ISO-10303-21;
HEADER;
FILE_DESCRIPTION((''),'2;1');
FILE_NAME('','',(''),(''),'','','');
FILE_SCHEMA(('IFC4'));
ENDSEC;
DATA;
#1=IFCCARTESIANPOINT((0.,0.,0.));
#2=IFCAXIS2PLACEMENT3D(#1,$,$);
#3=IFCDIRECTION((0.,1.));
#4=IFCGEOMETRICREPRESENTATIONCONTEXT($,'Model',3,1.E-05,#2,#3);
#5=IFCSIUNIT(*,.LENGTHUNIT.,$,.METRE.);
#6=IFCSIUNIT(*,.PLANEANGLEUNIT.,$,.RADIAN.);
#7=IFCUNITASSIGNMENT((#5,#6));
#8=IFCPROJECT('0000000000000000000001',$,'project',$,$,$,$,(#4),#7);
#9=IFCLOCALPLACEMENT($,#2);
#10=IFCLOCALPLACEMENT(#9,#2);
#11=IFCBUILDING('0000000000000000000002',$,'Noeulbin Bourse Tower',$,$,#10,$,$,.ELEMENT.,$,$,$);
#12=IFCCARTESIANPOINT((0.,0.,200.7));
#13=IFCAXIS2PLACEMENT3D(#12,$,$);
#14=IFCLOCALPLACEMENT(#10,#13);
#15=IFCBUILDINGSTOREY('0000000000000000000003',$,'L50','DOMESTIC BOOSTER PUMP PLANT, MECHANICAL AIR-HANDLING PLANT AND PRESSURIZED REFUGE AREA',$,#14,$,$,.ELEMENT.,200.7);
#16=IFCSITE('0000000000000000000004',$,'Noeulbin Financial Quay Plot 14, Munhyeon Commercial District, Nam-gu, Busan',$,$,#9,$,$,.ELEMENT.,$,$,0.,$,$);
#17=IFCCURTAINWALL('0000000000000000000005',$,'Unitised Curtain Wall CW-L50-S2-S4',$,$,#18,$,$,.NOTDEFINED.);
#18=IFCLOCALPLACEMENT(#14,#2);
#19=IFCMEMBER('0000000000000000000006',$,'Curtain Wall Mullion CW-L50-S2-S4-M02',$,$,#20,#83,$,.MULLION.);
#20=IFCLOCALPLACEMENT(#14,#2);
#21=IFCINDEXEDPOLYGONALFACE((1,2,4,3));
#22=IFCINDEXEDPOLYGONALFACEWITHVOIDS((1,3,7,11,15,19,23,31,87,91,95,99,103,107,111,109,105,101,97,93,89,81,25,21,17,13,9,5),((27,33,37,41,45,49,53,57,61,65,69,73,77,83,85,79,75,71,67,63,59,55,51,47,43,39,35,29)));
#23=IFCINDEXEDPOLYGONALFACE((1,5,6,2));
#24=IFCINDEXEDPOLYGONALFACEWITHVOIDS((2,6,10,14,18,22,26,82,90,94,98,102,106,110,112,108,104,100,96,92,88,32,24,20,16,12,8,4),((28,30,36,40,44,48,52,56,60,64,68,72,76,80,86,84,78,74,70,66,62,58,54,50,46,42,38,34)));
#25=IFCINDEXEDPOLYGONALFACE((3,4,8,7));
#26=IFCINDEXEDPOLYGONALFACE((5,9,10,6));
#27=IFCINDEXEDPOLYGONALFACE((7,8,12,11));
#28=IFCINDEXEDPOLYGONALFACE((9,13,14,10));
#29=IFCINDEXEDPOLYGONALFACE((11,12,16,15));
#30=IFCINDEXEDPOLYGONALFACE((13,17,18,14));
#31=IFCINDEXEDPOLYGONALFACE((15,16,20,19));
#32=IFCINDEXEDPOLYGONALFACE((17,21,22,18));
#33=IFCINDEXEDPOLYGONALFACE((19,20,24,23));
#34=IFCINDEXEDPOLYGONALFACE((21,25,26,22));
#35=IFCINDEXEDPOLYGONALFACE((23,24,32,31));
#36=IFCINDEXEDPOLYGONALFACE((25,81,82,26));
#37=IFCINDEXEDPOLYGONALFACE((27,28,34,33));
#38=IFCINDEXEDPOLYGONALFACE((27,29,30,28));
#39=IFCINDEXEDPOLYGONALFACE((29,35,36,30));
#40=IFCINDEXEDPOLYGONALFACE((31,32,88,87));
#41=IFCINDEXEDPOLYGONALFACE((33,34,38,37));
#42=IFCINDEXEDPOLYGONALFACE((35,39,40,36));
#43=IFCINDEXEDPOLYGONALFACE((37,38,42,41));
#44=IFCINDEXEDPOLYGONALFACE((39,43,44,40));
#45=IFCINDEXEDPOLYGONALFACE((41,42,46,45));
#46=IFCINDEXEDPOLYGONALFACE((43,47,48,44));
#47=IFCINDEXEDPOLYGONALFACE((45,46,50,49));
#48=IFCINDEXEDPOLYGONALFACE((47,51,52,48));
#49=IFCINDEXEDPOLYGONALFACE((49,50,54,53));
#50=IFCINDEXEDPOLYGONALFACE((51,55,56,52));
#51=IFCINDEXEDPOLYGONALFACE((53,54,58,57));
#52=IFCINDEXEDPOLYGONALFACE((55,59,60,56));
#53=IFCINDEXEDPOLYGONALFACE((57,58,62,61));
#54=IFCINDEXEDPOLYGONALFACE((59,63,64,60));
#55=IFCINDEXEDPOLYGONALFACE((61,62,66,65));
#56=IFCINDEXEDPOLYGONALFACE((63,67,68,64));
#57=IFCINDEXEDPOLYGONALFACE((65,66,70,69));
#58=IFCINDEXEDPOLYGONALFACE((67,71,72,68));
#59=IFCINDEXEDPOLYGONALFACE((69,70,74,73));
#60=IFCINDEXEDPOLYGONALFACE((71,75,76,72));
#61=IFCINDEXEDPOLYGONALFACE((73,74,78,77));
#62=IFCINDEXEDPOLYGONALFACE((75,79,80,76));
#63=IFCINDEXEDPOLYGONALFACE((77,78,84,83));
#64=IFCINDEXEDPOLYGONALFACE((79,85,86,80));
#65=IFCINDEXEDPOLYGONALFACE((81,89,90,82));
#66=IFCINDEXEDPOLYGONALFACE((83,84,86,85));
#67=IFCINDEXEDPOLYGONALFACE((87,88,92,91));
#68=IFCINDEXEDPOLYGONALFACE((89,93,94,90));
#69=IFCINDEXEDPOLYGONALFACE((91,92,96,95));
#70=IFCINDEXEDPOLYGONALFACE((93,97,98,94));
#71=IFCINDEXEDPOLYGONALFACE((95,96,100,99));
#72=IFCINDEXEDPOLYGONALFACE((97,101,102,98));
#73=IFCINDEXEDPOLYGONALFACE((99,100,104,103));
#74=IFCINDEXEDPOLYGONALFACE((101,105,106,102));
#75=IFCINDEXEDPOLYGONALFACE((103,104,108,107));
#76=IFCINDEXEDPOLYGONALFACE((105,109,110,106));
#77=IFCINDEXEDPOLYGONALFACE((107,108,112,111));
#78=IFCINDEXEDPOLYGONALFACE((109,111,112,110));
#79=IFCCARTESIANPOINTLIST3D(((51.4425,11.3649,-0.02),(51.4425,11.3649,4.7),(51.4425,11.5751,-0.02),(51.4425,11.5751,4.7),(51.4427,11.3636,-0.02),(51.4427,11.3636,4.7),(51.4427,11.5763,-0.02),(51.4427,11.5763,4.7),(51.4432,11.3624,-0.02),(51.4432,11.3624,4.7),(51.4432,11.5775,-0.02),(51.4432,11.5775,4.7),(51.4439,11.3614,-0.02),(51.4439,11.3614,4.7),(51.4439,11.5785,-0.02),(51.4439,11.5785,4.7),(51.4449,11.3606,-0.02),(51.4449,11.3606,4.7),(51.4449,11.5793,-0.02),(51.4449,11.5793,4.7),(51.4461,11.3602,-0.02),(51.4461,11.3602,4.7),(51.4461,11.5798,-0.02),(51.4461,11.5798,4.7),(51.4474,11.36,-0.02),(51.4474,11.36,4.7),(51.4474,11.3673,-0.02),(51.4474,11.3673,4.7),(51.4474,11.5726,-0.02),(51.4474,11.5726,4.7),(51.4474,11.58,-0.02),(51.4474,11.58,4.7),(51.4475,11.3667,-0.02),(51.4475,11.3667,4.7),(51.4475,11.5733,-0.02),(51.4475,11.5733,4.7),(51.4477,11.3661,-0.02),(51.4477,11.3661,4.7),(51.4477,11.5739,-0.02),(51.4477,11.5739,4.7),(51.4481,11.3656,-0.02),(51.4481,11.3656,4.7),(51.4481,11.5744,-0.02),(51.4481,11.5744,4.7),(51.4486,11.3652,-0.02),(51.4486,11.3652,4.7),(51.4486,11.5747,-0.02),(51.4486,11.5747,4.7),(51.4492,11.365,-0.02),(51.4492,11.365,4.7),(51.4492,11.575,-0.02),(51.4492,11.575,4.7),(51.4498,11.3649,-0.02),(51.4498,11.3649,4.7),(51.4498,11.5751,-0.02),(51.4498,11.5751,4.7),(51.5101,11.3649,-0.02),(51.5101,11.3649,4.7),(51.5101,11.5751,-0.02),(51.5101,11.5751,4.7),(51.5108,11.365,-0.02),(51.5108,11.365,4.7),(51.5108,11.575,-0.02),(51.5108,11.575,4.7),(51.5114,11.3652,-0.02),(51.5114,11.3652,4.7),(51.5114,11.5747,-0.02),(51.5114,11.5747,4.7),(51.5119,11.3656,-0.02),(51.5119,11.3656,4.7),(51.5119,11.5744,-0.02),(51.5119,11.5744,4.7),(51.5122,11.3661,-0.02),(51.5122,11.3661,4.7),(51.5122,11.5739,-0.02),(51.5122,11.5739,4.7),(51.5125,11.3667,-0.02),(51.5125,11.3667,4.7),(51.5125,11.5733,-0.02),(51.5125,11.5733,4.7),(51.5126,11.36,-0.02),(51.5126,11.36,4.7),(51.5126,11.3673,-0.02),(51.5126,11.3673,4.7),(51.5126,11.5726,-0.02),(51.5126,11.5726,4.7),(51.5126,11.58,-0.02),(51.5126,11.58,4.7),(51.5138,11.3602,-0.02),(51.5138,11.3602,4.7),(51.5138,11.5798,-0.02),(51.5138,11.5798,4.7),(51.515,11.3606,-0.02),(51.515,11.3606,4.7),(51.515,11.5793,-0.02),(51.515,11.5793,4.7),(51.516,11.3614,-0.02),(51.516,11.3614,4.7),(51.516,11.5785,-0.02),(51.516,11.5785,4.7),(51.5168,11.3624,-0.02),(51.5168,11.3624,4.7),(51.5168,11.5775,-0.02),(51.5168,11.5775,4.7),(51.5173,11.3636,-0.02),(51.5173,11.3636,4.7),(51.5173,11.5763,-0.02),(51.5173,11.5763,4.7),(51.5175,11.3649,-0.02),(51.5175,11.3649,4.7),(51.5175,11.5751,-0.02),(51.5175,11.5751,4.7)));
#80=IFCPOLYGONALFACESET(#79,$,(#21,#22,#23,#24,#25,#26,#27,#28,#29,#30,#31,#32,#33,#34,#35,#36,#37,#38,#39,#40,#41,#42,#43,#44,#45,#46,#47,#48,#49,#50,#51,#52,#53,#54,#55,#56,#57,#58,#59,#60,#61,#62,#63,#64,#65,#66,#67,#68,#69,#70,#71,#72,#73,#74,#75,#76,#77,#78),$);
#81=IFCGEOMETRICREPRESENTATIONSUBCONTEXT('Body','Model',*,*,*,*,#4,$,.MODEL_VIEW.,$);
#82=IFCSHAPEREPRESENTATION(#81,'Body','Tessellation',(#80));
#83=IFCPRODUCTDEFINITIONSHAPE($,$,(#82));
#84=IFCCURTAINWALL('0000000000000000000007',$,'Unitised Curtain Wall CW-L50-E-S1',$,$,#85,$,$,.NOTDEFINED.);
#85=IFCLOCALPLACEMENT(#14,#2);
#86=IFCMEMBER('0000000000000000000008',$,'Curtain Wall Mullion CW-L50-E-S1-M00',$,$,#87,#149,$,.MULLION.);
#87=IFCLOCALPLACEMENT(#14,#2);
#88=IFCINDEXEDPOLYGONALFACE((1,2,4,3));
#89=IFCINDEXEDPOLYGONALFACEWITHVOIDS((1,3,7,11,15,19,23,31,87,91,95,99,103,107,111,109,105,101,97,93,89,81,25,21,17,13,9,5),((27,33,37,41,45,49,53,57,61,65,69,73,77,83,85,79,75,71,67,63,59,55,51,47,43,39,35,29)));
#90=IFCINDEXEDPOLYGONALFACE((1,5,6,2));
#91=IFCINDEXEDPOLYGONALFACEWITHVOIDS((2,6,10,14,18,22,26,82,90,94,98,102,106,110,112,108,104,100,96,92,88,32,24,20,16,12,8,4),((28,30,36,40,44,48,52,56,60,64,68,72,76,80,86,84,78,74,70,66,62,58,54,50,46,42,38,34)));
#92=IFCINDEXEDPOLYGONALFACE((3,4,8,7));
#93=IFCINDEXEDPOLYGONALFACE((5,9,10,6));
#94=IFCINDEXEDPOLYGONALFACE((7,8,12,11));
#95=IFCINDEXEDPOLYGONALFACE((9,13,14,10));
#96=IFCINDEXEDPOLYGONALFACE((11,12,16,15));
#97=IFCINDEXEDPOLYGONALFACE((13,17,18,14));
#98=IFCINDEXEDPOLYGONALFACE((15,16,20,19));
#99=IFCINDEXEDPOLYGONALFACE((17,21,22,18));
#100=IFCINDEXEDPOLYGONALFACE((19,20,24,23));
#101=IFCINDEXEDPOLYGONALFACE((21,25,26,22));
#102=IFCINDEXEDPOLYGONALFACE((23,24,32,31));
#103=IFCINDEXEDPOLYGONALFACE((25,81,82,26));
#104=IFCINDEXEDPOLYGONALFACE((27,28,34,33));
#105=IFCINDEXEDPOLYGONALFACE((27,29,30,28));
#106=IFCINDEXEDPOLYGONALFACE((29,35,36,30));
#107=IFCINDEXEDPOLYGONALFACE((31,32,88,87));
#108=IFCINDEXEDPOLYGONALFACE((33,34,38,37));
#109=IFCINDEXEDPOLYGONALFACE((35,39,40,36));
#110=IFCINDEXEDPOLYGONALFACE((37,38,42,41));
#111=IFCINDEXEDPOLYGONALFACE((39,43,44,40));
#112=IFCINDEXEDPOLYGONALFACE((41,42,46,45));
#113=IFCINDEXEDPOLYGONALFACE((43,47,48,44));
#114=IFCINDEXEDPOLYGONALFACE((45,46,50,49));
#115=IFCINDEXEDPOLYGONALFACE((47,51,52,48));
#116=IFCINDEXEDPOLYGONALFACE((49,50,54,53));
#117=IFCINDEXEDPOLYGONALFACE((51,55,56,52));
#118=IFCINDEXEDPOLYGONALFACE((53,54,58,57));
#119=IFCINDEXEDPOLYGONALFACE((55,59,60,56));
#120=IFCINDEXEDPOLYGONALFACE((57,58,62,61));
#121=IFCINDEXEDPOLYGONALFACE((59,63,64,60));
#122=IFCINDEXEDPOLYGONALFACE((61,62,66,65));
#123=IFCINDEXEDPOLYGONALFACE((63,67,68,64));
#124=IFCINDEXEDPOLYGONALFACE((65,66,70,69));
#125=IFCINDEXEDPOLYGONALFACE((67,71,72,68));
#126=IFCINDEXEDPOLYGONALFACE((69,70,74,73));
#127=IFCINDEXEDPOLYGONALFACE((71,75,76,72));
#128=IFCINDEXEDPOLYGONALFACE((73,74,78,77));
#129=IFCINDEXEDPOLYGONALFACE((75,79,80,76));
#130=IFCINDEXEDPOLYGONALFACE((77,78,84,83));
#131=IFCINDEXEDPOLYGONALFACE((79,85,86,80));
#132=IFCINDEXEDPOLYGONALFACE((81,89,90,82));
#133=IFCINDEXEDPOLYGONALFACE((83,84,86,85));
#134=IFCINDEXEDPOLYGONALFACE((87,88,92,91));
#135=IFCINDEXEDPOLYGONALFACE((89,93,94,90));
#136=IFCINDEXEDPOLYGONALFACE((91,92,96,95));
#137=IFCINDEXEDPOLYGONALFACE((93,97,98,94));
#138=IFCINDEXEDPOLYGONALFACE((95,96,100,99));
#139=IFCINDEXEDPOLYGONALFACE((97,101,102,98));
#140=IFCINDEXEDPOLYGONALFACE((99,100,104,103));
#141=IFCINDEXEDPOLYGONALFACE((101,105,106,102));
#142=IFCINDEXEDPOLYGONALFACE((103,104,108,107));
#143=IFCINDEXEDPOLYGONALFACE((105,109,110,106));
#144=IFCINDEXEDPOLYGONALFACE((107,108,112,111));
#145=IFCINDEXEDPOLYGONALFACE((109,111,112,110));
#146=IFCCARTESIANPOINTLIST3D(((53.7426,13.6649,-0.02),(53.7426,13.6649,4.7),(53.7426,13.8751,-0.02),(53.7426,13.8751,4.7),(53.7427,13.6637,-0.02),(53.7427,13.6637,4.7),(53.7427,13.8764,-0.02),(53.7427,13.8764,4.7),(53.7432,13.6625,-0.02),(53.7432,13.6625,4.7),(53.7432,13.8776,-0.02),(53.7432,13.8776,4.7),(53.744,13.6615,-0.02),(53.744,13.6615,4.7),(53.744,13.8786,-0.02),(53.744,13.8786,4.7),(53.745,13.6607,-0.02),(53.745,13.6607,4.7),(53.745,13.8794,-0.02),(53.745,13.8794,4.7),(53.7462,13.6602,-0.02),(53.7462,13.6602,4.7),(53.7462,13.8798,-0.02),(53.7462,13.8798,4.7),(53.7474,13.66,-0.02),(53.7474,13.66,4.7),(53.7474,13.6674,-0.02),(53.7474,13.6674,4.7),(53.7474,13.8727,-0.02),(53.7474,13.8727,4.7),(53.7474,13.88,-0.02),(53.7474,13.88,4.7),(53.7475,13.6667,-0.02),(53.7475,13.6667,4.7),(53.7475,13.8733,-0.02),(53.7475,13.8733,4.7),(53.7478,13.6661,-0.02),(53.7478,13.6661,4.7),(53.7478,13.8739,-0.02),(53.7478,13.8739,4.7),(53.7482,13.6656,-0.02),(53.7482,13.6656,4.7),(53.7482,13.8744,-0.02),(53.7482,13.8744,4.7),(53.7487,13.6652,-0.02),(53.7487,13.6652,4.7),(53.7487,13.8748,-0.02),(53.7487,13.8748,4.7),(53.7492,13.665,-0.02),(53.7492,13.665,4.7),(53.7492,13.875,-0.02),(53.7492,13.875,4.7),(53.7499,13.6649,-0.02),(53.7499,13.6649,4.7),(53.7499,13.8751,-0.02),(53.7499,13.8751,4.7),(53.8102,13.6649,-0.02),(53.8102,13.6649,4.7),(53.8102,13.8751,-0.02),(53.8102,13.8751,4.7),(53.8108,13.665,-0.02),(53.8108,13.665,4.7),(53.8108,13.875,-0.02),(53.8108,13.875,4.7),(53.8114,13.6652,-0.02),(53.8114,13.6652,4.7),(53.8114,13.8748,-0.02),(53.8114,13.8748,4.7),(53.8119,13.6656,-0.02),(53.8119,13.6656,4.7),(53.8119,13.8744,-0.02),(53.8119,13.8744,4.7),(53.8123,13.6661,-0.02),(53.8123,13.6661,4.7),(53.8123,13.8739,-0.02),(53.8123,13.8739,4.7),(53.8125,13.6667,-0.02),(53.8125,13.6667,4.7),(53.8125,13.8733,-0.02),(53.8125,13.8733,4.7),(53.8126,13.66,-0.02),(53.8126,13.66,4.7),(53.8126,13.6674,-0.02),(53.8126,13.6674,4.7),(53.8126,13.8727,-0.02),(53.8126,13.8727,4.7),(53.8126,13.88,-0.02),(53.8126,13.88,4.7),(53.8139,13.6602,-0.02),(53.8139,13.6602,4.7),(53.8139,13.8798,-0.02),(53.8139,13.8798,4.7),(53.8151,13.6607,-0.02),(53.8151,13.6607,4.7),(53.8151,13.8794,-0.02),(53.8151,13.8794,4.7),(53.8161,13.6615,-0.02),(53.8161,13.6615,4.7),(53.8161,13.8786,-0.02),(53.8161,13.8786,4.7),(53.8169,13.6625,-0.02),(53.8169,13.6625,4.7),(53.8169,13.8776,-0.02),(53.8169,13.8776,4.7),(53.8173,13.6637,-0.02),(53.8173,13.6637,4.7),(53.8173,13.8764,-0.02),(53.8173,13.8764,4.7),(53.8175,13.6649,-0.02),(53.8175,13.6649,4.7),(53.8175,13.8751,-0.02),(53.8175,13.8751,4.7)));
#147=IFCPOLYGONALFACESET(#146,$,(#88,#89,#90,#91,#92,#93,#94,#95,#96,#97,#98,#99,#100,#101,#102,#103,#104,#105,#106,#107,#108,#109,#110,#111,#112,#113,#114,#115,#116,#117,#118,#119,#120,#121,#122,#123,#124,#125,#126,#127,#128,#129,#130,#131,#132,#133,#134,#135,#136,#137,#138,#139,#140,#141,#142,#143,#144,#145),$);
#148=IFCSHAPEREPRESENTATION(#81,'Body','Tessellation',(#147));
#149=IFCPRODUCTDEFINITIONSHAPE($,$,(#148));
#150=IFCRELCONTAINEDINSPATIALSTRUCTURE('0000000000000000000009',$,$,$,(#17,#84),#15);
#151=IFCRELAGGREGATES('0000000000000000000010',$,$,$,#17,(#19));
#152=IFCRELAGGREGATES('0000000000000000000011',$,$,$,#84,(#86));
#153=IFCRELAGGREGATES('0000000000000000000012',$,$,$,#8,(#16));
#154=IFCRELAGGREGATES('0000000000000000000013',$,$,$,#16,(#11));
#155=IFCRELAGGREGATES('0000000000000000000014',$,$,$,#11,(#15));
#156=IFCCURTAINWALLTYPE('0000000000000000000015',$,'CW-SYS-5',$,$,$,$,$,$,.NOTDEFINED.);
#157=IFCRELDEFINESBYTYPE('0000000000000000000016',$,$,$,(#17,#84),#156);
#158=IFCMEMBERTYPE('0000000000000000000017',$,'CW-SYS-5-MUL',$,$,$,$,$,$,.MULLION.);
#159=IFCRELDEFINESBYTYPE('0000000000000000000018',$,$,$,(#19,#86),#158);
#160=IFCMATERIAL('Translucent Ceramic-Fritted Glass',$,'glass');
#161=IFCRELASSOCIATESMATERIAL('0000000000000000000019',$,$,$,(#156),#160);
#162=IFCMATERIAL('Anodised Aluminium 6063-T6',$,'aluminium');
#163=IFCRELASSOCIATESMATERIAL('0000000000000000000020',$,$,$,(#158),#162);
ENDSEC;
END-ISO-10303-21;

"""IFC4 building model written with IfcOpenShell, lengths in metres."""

from ifc_helpers import new_model, si_unit, direction, frame, origin, origin_2d, place, context, subcontext, project, spatial, hollow_rectangle, extrude, material, material_profile, profile_set, type_object, element, aggregate, save


model = new_model("IFC4")

# Units and contexts
model_context = context("Model", 3, precision=1e-05, world=origin(), true_north=direction((0.0, 1.0)))
body_context = subcontext(model_context, "Body", "Model", "MODEL_VIEW")
ifc_project = project(units=[si_unit("LENGTHUNIT", "METRE"), si_unit("PLANEANGLEUNIT", "RADIAN")], contexts=[model_context])

# Site, building, storey
site_placement = place(None, origin())
site = spatial("IfcSite", under=ifc_project, at=site_placement, Name="Noeulbin Financial Quay Plot 14, Munhyeon Commercial District, Nam-gu, Busan", CompositionType="ELEMENT", RefElevation=0.0)
building_placement = place(site_placement, origin())
building = spatial("IfcBuilding", under=site, at=building_placement, Name="Noeulbin Bourse Tower", CompositionType="ELEMENT")
storey_placement = place(building_placement, frame((0.0, 0.0, 200.7)))
storey = spatial("IfcBuildingStorey", under=building, at=storey_placement, Name="L50", Description="DOMESTIC BOOSTER PUMP PLANT, MECHANICAL AIR-HANDLING PLANT AND PRESSURIZED REFUGE AREA", CompositionType="ELEMENT", Elevation=200.7)

# Curtain walls, members
ifc_material_1 = material(Name="Translucent Ceramic-Fritted Glass", Category="glass")
curtain_wall_type = type_object("IfcCurtainWallType", Name="CW-SYS-5", PredefinedType="NOTDEFINED", material=ifc_material_1)
curtain_wall_1_placement = place(storey_placement, origin())
curtain_wall_1 = element("IfcCurtainWall", 1, at=curtain_wall_1_placement, inside=storey, type_object=curtain_wall_type, Name="Unitised Curtain Wall CW-L50-S2-S4", PredefinedType="NOTDEFINED")
ifc_material_2 = material(Name="Anodised Aluminium 6063-T6", Category="aluminium")
ifc_material_profile_1 = material_profile(ifc_material_2, hollow_rectangle(XDim=0.075, YDim=0.22, WallThickness=0.0049, InnerFilletRadius=0.0024, OuterFilletRadius=0.0049, at=origin_2d()), Name="ALU-MULL-75x220x5", Category="LoadBearing")
ifc_profile_set_1 = profile_set([ifc_material_profile_1], Name="Anodised Aluminium 6063-T6")
member_type_1 = type_object("IfcMemberType", Name="CW-SYS-5-MUL", PredefinedType="MULLION", material=ifc_profile_set_1)
member_1_placement = place(storey_placement, frame((51.48, 11.47, -0.02), z_axis=(0.0, 0.0, 1.0), x_axis=(1.0, 0.0, 0.0)))
member_1 = element("IfcMember", 2, at=member_1_placement, type_object=member_type_1, Name="Curtain Wall Mullion CW-L50-S2-S4-M02", PredefinedType="MULLION", context=body_context, shape_type="SweptSolid", body=[
    extrude(hollow_rectangle(XDim=0.075, YDim=0.22, WallThickness=0.0049, InnerFilletRadius=0.0024, OuterFilletRadius=0.0049, at=origin_2d()), origin(), (0.0, 0.0, 1.0), 4.72),
])
curtain_wall_2_placement = place(storey_placement, origin())
curtain_wall_2 = element("IfcCurtainWall", 3, at=curtain_wall_2_placement, inside=storey, type_object=curtain_wall_type, Name="Unitised Curtain Wall CW-L50-E-S1", PredefinedType="NOTDEFINED")
member_2_placement = place(storey_placement, frame((53.78, 13.77, -0.02), z_axis=(0.0, 0.0, 1.0), x_axis=(1.0, 0.0, 0.0)))
member_2 = element("IfcMember", 4, at=member_2_placement, type_object=member_type_1, Name="Curtain Wall Mullion CW-L50-E-S1-M00", PredefinedType="MULLION", context=body_context, shape_type="SweptSolid", body=[
    extrude(hollow_rectangle(XDim=0.075, YDim=0.22, WallThickness=0.0049, InnerFilletRadius=0.0024, OuterFilletRadius=0.0049, at=origin_2d()), origin(), (0.0, 0.0, 1.0), 4.72),
])

aggregate(curtain_wall_1, [member_1])
aggregate(curtain_wall_2, [member_2])

save(model, "model.ifc")
